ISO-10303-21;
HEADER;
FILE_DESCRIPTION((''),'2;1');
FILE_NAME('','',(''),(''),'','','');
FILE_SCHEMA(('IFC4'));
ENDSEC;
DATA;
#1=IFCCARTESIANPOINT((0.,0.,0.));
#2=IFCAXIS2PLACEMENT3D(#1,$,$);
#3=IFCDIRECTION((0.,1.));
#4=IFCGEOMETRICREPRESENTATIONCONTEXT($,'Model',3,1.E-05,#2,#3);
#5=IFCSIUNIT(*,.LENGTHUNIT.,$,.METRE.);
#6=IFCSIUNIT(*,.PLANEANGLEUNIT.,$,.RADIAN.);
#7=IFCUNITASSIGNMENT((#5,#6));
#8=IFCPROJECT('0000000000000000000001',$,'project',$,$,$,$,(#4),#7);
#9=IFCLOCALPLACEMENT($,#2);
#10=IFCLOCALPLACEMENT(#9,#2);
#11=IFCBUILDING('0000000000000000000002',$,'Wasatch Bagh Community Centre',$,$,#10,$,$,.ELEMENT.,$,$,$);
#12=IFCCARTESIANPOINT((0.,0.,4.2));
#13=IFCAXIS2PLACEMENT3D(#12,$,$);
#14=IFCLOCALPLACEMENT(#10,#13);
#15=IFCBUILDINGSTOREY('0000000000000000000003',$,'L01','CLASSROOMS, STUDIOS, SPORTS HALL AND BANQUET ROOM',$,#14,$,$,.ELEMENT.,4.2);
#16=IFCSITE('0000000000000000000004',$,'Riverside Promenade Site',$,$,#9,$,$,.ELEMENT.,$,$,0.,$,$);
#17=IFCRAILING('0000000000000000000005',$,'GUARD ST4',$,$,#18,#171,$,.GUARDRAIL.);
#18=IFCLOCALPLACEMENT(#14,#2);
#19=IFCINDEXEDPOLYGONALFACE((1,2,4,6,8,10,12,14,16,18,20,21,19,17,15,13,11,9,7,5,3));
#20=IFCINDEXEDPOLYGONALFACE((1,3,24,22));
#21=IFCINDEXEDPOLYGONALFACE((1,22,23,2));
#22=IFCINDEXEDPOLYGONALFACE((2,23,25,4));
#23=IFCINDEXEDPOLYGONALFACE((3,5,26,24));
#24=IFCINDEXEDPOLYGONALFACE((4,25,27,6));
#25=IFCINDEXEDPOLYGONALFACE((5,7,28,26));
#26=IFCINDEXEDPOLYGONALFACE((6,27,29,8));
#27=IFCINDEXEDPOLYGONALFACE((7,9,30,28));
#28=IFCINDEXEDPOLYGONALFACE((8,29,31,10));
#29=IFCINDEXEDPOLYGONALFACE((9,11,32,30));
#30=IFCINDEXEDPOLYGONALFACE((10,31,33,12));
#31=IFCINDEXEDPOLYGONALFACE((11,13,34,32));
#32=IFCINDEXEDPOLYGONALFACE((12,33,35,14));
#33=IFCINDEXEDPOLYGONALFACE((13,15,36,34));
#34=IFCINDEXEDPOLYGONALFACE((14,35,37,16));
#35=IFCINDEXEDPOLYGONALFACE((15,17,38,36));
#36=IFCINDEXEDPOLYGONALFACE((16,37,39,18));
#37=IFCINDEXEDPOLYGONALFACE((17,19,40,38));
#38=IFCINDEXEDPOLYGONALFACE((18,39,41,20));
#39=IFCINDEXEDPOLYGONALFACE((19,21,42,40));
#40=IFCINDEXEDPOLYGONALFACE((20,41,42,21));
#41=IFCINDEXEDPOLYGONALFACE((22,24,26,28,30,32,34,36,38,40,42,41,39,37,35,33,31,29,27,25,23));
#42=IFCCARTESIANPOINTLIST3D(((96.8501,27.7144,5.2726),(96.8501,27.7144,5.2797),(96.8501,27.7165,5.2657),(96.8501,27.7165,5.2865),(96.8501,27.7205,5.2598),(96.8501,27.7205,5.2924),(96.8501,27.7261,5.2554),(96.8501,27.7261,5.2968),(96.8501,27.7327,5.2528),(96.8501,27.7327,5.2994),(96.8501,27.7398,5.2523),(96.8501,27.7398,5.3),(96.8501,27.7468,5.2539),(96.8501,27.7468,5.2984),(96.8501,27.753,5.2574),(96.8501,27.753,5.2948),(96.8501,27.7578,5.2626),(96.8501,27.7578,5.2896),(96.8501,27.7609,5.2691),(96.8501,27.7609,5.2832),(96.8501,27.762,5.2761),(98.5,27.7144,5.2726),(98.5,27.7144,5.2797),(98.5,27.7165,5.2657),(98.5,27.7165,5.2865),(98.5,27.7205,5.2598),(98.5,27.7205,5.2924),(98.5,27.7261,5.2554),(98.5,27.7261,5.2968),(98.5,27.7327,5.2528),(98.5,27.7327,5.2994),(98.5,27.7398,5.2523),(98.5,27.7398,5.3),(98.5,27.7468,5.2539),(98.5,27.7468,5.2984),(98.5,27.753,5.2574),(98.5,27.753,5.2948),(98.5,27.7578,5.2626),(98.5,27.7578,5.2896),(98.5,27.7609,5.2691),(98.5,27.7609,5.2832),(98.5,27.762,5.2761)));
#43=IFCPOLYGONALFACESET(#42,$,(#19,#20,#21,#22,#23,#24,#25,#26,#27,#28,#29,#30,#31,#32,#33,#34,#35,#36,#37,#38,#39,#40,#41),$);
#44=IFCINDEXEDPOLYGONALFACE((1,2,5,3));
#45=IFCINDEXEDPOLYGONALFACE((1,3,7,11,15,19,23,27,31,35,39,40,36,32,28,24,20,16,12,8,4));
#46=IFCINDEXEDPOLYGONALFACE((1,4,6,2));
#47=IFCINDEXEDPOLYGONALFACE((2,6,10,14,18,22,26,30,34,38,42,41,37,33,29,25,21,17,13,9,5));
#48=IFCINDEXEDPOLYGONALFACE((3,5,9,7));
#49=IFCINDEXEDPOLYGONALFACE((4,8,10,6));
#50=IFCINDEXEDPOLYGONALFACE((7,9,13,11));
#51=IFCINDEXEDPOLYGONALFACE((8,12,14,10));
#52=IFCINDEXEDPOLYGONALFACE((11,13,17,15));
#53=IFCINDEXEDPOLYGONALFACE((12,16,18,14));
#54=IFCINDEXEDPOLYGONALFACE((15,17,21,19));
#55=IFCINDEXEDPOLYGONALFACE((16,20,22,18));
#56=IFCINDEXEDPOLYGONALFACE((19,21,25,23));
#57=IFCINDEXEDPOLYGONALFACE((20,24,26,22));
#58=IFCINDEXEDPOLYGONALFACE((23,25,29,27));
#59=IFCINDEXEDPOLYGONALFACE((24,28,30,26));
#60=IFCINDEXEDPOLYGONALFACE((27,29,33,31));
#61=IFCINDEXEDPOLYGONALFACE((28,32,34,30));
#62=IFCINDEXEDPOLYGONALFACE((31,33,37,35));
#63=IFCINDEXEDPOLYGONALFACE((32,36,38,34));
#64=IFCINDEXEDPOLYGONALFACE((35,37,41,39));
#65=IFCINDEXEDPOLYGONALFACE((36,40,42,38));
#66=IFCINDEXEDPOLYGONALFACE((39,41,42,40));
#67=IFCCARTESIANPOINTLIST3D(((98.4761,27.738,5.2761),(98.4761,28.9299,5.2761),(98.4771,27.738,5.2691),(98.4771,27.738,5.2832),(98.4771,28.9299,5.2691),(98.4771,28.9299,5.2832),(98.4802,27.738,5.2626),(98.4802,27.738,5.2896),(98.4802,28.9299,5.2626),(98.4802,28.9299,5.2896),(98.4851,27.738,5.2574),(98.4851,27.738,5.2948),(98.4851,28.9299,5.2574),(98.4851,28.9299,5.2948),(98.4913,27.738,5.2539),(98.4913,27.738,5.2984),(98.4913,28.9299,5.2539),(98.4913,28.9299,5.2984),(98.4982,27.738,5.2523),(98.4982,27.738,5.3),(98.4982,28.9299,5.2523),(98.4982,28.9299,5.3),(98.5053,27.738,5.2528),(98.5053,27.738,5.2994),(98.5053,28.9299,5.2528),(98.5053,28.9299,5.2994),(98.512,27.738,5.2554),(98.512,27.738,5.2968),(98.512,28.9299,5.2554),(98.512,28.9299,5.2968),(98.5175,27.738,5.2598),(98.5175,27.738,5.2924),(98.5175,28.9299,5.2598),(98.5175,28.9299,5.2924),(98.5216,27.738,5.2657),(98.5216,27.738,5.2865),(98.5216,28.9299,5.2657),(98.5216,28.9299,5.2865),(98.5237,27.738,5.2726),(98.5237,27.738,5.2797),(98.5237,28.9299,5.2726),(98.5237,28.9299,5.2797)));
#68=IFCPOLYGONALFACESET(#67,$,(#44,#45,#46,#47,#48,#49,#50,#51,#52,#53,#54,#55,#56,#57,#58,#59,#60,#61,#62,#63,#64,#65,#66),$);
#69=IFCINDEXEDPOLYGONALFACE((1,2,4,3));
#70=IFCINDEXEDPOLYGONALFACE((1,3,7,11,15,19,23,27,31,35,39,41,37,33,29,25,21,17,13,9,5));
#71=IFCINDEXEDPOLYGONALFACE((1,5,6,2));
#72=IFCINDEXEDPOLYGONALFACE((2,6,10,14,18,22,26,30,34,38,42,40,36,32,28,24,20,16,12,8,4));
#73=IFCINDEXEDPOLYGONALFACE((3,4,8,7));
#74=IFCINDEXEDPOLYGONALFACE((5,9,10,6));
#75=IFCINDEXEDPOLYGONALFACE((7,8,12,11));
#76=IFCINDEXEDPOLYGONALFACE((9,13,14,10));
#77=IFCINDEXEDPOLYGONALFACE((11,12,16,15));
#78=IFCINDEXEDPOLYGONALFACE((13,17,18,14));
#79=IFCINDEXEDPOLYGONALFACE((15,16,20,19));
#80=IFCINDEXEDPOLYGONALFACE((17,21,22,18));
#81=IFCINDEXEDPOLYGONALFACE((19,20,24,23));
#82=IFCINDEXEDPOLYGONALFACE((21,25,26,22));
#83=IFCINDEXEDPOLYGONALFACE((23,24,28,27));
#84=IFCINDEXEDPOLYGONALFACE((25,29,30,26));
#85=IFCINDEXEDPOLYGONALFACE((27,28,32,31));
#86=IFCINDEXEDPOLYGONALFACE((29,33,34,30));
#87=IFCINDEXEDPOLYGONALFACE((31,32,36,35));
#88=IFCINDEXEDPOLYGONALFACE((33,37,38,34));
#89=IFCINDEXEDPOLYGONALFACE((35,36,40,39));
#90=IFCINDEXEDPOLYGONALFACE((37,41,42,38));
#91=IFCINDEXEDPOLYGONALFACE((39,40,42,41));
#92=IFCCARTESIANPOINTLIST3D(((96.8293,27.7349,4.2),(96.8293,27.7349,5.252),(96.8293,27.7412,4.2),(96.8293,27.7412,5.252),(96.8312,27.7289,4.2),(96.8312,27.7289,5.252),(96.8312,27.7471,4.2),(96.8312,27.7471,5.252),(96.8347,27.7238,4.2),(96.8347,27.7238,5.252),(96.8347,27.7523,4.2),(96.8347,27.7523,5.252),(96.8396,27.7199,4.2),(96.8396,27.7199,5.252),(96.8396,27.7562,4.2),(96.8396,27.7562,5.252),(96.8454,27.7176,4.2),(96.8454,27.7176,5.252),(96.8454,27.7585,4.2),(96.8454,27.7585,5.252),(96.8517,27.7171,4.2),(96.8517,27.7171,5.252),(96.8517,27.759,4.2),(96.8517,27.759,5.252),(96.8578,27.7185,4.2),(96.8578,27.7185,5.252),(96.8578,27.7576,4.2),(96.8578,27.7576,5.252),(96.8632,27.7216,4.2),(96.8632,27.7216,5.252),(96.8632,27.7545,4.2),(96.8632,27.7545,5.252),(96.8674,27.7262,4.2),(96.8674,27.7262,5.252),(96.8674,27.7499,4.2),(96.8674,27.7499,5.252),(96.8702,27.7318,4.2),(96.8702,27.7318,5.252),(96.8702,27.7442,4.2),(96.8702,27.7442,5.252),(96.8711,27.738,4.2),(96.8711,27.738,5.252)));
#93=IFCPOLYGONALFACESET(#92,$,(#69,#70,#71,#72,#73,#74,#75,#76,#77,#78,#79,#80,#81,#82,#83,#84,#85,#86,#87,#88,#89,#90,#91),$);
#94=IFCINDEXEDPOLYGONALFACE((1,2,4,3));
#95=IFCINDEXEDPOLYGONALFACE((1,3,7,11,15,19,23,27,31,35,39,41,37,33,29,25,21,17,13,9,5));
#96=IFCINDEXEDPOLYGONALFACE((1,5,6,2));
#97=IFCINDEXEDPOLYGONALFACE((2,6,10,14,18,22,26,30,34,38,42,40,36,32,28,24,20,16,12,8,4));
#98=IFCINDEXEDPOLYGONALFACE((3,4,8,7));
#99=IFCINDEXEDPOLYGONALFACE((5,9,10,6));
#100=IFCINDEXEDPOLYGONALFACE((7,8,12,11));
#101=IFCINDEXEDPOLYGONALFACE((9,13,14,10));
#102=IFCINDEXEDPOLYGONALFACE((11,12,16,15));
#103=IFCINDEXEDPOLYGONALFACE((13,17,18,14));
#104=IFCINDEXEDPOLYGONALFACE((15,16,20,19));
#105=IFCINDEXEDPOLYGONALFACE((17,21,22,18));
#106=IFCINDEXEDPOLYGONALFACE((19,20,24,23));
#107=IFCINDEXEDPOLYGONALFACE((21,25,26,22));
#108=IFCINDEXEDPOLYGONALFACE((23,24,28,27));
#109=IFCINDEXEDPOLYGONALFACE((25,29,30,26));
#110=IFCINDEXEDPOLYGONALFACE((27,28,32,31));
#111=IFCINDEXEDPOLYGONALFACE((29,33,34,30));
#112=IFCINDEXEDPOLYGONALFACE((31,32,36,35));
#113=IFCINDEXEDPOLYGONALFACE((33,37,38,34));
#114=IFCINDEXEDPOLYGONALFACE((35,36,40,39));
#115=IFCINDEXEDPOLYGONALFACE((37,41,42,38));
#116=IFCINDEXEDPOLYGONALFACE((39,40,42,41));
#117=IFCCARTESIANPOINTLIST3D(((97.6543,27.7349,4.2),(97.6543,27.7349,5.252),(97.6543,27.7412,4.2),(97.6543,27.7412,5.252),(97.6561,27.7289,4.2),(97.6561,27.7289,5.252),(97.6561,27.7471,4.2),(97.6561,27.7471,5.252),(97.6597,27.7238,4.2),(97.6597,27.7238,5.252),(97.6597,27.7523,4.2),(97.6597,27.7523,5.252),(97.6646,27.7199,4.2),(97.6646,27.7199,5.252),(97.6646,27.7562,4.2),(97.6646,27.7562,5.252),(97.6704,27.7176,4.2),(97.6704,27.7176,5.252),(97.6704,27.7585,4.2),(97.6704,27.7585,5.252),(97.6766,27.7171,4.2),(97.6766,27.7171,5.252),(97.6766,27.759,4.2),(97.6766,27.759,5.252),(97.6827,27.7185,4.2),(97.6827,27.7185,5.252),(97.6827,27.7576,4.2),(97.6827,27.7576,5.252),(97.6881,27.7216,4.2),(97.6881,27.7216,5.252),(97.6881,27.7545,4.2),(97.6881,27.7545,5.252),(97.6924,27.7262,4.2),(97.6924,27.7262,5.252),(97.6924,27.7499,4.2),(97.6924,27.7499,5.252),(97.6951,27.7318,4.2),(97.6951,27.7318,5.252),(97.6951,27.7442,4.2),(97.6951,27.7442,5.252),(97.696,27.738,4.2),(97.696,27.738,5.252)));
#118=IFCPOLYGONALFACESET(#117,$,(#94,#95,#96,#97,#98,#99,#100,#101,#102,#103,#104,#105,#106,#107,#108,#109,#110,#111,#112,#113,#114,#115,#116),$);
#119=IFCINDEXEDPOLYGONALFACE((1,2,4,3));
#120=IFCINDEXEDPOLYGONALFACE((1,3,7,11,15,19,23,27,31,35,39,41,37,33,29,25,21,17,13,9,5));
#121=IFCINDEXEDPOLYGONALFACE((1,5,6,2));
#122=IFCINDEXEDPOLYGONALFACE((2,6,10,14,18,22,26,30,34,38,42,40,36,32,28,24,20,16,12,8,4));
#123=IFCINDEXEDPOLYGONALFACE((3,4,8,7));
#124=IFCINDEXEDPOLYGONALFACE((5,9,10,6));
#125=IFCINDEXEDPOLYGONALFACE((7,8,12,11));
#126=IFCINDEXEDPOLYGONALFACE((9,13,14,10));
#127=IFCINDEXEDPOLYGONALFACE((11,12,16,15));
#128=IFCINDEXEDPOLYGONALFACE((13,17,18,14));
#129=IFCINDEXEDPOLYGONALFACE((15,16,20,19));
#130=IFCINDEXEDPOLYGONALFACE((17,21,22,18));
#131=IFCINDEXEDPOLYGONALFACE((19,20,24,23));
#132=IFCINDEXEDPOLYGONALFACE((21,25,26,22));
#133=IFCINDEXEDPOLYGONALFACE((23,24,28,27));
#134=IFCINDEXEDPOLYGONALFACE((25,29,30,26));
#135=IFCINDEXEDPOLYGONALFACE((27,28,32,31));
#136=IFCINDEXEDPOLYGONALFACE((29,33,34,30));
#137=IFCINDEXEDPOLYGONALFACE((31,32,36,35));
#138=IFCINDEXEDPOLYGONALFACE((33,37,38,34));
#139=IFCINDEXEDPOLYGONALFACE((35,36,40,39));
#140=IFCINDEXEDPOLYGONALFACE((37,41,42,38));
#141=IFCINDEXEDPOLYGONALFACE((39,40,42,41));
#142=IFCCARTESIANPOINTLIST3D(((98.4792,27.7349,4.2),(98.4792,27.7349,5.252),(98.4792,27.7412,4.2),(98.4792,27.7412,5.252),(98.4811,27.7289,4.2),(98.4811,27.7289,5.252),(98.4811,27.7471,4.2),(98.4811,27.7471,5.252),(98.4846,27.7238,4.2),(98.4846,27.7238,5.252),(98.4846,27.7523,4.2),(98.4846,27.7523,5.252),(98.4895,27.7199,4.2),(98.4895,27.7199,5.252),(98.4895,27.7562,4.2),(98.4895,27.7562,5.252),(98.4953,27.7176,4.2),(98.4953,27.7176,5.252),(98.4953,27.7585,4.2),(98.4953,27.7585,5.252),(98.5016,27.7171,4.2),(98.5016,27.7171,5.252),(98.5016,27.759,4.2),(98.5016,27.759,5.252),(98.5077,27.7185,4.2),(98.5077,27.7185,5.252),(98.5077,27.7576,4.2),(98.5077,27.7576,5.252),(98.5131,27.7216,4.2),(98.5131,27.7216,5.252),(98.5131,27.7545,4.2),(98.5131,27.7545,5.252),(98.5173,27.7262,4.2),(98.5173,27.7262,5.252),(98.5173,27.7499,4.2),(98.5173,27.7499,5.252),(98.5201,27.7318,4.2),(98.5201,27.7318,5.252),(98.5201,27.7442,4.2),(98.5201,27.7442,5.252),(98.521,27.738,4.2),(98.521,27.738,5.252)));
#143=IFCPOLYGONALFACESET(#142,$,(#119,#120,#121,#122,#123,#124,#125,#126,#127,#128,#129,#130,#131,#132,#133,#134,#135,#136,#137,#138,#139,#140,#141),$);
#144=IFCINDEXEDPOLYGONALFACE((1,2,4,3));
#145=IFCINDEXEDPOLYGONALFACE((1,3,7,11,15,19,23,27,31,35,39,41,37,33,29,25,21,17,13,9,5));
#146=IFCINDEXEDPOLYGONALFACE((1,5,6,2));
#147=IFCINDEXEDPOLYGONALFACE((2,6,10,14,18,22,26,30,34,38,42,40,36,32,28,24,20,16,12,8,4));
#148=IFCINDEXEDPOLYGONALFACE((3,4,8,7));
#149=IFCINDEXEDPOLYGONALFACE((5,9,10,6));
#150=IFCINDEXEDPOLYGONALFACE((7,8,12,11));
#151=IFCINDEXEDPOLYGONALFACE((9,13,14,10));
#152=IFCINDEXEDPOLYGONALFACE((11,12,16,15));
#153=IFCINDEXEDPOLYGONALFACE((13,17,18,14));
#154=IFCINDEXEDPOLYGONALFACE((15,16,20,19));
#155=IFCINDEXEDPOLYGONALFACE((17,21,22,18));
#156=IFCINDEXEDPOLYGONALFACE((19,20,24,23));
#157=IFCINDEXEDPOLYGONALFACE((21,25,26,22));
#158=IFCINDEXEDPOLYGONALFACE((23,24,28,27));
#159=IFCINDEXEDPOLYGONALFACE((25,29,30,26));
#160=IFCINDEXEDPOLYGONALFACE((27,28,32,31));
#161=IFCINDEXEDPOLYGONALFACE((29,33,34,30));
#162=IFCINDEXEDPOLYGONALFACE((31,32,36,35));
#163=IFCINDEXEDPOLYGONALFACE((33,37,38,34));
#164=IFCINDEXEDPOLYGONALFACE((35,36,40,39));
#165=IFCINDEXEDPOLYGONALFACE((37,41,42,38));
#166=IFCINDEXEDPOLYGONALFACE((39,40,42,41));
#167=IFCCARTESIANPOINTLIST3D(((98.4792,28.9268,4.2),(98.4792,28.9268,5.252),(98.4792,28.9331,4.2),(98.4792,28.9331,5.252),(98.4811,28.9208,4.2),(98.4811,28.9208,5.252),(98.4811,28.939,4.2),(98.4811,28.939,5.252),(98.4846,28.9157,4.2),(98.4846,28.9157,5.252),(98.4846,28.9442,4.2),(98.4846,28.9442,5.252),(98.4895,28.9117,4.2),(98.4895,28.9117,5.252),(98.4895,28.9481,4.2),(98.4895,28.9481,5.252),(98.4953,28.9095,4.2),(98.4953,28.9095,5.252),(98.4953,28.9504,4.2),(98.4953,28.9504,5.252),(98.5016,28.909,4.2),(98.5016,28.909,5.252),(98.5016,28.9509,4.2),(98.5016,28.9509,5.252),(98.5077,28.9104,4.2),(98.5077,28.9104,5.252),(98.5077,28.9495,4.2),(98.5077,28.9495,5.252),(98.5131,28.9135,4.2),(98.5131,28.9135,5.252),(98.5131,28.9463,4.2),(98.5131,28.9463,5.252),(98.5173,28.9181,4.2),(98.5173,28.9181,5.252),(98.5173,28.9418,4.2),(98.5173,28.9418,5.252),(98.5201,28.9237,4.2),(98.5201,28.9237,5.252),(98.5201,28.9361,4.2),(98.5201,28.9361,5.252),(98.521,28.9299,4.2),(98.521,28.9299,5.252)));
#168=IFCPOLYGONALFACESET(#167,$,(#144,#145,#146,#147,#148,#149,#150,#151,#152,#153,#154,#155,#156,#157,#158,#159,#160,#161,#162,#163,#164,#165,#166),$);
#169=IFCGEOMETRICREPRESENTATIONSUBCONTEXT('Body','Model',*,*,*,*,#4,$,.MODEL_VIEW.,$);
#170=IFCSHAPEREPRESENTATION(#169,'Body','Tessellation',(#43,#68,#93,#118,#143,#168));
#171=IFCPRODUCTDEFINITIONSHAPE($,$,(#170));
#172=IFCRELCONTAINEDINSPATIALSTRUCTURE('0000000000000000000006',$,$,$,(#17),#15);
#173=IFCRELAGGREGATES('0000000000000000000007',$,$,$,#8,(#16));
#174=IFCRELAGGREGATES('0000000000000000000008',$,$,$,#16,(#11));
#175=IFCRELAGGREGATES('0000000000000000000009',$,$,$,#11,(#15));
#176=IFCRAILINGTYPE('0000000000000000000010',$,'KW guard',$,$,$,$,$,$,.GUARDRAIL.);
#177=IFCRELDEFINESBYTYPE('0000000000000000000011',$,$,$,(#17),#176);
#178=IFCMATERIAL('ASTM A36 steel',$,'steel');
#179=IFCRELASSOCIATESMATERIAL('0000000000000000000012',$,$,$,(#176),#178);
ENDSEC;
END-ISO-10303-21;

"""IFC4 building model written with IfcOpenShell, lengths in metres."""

from ifc_helpers import new_model, si_unit, direction, frame, origin, origin_2d, place, context, subcontext, project, spatial, circle, extrude, material, type_object, element, save


model = new_model("IFC4")

# Units and contexts
model_context = context("Model", 3, precision=1e-05, world=origin(), true_north=direction((0.0, 1.0)))
body_context = subcontext(model_context, "Body", "Model", "MODEL_VIEW")
ifc_project = project(units=[si_unit("LENGTHUNIT", "METRE"), si_unit("PLANEANGLEUNIT", "RADIAN")], contexts=[model_context])

# Site, building, storey
site_placement = place(None, origin())
site = spatial("IfcSite", under=ifc_project, at=site_placement, Name="Riverside Promenade Site", CompositionType="ELEMENT", RefElevation=0.0)
building_placement = place(site_placement, origin())
building = spatial("IfcBuilding", under=site, at=building_placement, Name="Wasatch Bagh Community Centre", CompositionType="ELEMENT")
storey_placement = place(building_placement, frame((0.0, 0.0, 4.2)))
storey = spatial("IfcBuildingStorey", under=building, at=storey_placement, Name="L01", Description="CLASSROOMS, STUDIOS, SPORTS HALL AND BANQUET ROOM", CompositionType="ELEMENT", Elevation=4.2)

# Railing
ifc_material_1 = material(Name="ASTM A36 steel", Category="steel")
railing_type_1 = type_object("IfcRailingType", Name="KW guard", PredefinedType="GUARDRAIL", material=ifc_material_1)
railing_1_placement = place(storey_placement, frame((96.8501, 27.738, 4.2)))
element("IfcRailing", 1, at=railing_1_placement, inside=storey, type_object=railing_type_1, Name="GUARD ST4", PredefinedType="GUARDRAIL", context=body_context, shape_type="SweptSolid", body=[
    extrude(circle(Radius=0.0239, at=origin_2d()), frame((0.0, 0.0, 1.0762), z_axis=(1.0, 0.0, 0.0), x_axis=(0.0, 1.0, 0.0)), (0.0, 0.0, 1.0), 1.6499),
    extrude(circle(Radius=0.0239, at=origin_2d()), frame((1.6499, 0.0, 1.0762), z_axis=(0.0, 1.0, 0.0), x_axis=(-1.0, 0.0, 0.0)), (0.0, 0.0, 1.0), 1.1919),
    extrude(circle(Radius=0.021, at=origin_2d()), origin(), (0.0, 0.0, 1.0), 1.052),
    extrude(circle(Radius=0.021, at=origin_2d()), frame((0.825, 0.0, 0.0)), (0.0, 0.0, 1.0), 1.052),
    extrude(circle(Radius=0.021, at=origin_2d()), frame((1.6499, 0.0, 0.0)), (0.0, 0.0, 1.0), 1.052),
    extrude(circle(Radius=0.021, at=origin_2d()), frame((1.6499, 1.1919, 0.0)), (0.0, 0.0, 1.0), 1.052),
])

save(model, "model.ifc")
